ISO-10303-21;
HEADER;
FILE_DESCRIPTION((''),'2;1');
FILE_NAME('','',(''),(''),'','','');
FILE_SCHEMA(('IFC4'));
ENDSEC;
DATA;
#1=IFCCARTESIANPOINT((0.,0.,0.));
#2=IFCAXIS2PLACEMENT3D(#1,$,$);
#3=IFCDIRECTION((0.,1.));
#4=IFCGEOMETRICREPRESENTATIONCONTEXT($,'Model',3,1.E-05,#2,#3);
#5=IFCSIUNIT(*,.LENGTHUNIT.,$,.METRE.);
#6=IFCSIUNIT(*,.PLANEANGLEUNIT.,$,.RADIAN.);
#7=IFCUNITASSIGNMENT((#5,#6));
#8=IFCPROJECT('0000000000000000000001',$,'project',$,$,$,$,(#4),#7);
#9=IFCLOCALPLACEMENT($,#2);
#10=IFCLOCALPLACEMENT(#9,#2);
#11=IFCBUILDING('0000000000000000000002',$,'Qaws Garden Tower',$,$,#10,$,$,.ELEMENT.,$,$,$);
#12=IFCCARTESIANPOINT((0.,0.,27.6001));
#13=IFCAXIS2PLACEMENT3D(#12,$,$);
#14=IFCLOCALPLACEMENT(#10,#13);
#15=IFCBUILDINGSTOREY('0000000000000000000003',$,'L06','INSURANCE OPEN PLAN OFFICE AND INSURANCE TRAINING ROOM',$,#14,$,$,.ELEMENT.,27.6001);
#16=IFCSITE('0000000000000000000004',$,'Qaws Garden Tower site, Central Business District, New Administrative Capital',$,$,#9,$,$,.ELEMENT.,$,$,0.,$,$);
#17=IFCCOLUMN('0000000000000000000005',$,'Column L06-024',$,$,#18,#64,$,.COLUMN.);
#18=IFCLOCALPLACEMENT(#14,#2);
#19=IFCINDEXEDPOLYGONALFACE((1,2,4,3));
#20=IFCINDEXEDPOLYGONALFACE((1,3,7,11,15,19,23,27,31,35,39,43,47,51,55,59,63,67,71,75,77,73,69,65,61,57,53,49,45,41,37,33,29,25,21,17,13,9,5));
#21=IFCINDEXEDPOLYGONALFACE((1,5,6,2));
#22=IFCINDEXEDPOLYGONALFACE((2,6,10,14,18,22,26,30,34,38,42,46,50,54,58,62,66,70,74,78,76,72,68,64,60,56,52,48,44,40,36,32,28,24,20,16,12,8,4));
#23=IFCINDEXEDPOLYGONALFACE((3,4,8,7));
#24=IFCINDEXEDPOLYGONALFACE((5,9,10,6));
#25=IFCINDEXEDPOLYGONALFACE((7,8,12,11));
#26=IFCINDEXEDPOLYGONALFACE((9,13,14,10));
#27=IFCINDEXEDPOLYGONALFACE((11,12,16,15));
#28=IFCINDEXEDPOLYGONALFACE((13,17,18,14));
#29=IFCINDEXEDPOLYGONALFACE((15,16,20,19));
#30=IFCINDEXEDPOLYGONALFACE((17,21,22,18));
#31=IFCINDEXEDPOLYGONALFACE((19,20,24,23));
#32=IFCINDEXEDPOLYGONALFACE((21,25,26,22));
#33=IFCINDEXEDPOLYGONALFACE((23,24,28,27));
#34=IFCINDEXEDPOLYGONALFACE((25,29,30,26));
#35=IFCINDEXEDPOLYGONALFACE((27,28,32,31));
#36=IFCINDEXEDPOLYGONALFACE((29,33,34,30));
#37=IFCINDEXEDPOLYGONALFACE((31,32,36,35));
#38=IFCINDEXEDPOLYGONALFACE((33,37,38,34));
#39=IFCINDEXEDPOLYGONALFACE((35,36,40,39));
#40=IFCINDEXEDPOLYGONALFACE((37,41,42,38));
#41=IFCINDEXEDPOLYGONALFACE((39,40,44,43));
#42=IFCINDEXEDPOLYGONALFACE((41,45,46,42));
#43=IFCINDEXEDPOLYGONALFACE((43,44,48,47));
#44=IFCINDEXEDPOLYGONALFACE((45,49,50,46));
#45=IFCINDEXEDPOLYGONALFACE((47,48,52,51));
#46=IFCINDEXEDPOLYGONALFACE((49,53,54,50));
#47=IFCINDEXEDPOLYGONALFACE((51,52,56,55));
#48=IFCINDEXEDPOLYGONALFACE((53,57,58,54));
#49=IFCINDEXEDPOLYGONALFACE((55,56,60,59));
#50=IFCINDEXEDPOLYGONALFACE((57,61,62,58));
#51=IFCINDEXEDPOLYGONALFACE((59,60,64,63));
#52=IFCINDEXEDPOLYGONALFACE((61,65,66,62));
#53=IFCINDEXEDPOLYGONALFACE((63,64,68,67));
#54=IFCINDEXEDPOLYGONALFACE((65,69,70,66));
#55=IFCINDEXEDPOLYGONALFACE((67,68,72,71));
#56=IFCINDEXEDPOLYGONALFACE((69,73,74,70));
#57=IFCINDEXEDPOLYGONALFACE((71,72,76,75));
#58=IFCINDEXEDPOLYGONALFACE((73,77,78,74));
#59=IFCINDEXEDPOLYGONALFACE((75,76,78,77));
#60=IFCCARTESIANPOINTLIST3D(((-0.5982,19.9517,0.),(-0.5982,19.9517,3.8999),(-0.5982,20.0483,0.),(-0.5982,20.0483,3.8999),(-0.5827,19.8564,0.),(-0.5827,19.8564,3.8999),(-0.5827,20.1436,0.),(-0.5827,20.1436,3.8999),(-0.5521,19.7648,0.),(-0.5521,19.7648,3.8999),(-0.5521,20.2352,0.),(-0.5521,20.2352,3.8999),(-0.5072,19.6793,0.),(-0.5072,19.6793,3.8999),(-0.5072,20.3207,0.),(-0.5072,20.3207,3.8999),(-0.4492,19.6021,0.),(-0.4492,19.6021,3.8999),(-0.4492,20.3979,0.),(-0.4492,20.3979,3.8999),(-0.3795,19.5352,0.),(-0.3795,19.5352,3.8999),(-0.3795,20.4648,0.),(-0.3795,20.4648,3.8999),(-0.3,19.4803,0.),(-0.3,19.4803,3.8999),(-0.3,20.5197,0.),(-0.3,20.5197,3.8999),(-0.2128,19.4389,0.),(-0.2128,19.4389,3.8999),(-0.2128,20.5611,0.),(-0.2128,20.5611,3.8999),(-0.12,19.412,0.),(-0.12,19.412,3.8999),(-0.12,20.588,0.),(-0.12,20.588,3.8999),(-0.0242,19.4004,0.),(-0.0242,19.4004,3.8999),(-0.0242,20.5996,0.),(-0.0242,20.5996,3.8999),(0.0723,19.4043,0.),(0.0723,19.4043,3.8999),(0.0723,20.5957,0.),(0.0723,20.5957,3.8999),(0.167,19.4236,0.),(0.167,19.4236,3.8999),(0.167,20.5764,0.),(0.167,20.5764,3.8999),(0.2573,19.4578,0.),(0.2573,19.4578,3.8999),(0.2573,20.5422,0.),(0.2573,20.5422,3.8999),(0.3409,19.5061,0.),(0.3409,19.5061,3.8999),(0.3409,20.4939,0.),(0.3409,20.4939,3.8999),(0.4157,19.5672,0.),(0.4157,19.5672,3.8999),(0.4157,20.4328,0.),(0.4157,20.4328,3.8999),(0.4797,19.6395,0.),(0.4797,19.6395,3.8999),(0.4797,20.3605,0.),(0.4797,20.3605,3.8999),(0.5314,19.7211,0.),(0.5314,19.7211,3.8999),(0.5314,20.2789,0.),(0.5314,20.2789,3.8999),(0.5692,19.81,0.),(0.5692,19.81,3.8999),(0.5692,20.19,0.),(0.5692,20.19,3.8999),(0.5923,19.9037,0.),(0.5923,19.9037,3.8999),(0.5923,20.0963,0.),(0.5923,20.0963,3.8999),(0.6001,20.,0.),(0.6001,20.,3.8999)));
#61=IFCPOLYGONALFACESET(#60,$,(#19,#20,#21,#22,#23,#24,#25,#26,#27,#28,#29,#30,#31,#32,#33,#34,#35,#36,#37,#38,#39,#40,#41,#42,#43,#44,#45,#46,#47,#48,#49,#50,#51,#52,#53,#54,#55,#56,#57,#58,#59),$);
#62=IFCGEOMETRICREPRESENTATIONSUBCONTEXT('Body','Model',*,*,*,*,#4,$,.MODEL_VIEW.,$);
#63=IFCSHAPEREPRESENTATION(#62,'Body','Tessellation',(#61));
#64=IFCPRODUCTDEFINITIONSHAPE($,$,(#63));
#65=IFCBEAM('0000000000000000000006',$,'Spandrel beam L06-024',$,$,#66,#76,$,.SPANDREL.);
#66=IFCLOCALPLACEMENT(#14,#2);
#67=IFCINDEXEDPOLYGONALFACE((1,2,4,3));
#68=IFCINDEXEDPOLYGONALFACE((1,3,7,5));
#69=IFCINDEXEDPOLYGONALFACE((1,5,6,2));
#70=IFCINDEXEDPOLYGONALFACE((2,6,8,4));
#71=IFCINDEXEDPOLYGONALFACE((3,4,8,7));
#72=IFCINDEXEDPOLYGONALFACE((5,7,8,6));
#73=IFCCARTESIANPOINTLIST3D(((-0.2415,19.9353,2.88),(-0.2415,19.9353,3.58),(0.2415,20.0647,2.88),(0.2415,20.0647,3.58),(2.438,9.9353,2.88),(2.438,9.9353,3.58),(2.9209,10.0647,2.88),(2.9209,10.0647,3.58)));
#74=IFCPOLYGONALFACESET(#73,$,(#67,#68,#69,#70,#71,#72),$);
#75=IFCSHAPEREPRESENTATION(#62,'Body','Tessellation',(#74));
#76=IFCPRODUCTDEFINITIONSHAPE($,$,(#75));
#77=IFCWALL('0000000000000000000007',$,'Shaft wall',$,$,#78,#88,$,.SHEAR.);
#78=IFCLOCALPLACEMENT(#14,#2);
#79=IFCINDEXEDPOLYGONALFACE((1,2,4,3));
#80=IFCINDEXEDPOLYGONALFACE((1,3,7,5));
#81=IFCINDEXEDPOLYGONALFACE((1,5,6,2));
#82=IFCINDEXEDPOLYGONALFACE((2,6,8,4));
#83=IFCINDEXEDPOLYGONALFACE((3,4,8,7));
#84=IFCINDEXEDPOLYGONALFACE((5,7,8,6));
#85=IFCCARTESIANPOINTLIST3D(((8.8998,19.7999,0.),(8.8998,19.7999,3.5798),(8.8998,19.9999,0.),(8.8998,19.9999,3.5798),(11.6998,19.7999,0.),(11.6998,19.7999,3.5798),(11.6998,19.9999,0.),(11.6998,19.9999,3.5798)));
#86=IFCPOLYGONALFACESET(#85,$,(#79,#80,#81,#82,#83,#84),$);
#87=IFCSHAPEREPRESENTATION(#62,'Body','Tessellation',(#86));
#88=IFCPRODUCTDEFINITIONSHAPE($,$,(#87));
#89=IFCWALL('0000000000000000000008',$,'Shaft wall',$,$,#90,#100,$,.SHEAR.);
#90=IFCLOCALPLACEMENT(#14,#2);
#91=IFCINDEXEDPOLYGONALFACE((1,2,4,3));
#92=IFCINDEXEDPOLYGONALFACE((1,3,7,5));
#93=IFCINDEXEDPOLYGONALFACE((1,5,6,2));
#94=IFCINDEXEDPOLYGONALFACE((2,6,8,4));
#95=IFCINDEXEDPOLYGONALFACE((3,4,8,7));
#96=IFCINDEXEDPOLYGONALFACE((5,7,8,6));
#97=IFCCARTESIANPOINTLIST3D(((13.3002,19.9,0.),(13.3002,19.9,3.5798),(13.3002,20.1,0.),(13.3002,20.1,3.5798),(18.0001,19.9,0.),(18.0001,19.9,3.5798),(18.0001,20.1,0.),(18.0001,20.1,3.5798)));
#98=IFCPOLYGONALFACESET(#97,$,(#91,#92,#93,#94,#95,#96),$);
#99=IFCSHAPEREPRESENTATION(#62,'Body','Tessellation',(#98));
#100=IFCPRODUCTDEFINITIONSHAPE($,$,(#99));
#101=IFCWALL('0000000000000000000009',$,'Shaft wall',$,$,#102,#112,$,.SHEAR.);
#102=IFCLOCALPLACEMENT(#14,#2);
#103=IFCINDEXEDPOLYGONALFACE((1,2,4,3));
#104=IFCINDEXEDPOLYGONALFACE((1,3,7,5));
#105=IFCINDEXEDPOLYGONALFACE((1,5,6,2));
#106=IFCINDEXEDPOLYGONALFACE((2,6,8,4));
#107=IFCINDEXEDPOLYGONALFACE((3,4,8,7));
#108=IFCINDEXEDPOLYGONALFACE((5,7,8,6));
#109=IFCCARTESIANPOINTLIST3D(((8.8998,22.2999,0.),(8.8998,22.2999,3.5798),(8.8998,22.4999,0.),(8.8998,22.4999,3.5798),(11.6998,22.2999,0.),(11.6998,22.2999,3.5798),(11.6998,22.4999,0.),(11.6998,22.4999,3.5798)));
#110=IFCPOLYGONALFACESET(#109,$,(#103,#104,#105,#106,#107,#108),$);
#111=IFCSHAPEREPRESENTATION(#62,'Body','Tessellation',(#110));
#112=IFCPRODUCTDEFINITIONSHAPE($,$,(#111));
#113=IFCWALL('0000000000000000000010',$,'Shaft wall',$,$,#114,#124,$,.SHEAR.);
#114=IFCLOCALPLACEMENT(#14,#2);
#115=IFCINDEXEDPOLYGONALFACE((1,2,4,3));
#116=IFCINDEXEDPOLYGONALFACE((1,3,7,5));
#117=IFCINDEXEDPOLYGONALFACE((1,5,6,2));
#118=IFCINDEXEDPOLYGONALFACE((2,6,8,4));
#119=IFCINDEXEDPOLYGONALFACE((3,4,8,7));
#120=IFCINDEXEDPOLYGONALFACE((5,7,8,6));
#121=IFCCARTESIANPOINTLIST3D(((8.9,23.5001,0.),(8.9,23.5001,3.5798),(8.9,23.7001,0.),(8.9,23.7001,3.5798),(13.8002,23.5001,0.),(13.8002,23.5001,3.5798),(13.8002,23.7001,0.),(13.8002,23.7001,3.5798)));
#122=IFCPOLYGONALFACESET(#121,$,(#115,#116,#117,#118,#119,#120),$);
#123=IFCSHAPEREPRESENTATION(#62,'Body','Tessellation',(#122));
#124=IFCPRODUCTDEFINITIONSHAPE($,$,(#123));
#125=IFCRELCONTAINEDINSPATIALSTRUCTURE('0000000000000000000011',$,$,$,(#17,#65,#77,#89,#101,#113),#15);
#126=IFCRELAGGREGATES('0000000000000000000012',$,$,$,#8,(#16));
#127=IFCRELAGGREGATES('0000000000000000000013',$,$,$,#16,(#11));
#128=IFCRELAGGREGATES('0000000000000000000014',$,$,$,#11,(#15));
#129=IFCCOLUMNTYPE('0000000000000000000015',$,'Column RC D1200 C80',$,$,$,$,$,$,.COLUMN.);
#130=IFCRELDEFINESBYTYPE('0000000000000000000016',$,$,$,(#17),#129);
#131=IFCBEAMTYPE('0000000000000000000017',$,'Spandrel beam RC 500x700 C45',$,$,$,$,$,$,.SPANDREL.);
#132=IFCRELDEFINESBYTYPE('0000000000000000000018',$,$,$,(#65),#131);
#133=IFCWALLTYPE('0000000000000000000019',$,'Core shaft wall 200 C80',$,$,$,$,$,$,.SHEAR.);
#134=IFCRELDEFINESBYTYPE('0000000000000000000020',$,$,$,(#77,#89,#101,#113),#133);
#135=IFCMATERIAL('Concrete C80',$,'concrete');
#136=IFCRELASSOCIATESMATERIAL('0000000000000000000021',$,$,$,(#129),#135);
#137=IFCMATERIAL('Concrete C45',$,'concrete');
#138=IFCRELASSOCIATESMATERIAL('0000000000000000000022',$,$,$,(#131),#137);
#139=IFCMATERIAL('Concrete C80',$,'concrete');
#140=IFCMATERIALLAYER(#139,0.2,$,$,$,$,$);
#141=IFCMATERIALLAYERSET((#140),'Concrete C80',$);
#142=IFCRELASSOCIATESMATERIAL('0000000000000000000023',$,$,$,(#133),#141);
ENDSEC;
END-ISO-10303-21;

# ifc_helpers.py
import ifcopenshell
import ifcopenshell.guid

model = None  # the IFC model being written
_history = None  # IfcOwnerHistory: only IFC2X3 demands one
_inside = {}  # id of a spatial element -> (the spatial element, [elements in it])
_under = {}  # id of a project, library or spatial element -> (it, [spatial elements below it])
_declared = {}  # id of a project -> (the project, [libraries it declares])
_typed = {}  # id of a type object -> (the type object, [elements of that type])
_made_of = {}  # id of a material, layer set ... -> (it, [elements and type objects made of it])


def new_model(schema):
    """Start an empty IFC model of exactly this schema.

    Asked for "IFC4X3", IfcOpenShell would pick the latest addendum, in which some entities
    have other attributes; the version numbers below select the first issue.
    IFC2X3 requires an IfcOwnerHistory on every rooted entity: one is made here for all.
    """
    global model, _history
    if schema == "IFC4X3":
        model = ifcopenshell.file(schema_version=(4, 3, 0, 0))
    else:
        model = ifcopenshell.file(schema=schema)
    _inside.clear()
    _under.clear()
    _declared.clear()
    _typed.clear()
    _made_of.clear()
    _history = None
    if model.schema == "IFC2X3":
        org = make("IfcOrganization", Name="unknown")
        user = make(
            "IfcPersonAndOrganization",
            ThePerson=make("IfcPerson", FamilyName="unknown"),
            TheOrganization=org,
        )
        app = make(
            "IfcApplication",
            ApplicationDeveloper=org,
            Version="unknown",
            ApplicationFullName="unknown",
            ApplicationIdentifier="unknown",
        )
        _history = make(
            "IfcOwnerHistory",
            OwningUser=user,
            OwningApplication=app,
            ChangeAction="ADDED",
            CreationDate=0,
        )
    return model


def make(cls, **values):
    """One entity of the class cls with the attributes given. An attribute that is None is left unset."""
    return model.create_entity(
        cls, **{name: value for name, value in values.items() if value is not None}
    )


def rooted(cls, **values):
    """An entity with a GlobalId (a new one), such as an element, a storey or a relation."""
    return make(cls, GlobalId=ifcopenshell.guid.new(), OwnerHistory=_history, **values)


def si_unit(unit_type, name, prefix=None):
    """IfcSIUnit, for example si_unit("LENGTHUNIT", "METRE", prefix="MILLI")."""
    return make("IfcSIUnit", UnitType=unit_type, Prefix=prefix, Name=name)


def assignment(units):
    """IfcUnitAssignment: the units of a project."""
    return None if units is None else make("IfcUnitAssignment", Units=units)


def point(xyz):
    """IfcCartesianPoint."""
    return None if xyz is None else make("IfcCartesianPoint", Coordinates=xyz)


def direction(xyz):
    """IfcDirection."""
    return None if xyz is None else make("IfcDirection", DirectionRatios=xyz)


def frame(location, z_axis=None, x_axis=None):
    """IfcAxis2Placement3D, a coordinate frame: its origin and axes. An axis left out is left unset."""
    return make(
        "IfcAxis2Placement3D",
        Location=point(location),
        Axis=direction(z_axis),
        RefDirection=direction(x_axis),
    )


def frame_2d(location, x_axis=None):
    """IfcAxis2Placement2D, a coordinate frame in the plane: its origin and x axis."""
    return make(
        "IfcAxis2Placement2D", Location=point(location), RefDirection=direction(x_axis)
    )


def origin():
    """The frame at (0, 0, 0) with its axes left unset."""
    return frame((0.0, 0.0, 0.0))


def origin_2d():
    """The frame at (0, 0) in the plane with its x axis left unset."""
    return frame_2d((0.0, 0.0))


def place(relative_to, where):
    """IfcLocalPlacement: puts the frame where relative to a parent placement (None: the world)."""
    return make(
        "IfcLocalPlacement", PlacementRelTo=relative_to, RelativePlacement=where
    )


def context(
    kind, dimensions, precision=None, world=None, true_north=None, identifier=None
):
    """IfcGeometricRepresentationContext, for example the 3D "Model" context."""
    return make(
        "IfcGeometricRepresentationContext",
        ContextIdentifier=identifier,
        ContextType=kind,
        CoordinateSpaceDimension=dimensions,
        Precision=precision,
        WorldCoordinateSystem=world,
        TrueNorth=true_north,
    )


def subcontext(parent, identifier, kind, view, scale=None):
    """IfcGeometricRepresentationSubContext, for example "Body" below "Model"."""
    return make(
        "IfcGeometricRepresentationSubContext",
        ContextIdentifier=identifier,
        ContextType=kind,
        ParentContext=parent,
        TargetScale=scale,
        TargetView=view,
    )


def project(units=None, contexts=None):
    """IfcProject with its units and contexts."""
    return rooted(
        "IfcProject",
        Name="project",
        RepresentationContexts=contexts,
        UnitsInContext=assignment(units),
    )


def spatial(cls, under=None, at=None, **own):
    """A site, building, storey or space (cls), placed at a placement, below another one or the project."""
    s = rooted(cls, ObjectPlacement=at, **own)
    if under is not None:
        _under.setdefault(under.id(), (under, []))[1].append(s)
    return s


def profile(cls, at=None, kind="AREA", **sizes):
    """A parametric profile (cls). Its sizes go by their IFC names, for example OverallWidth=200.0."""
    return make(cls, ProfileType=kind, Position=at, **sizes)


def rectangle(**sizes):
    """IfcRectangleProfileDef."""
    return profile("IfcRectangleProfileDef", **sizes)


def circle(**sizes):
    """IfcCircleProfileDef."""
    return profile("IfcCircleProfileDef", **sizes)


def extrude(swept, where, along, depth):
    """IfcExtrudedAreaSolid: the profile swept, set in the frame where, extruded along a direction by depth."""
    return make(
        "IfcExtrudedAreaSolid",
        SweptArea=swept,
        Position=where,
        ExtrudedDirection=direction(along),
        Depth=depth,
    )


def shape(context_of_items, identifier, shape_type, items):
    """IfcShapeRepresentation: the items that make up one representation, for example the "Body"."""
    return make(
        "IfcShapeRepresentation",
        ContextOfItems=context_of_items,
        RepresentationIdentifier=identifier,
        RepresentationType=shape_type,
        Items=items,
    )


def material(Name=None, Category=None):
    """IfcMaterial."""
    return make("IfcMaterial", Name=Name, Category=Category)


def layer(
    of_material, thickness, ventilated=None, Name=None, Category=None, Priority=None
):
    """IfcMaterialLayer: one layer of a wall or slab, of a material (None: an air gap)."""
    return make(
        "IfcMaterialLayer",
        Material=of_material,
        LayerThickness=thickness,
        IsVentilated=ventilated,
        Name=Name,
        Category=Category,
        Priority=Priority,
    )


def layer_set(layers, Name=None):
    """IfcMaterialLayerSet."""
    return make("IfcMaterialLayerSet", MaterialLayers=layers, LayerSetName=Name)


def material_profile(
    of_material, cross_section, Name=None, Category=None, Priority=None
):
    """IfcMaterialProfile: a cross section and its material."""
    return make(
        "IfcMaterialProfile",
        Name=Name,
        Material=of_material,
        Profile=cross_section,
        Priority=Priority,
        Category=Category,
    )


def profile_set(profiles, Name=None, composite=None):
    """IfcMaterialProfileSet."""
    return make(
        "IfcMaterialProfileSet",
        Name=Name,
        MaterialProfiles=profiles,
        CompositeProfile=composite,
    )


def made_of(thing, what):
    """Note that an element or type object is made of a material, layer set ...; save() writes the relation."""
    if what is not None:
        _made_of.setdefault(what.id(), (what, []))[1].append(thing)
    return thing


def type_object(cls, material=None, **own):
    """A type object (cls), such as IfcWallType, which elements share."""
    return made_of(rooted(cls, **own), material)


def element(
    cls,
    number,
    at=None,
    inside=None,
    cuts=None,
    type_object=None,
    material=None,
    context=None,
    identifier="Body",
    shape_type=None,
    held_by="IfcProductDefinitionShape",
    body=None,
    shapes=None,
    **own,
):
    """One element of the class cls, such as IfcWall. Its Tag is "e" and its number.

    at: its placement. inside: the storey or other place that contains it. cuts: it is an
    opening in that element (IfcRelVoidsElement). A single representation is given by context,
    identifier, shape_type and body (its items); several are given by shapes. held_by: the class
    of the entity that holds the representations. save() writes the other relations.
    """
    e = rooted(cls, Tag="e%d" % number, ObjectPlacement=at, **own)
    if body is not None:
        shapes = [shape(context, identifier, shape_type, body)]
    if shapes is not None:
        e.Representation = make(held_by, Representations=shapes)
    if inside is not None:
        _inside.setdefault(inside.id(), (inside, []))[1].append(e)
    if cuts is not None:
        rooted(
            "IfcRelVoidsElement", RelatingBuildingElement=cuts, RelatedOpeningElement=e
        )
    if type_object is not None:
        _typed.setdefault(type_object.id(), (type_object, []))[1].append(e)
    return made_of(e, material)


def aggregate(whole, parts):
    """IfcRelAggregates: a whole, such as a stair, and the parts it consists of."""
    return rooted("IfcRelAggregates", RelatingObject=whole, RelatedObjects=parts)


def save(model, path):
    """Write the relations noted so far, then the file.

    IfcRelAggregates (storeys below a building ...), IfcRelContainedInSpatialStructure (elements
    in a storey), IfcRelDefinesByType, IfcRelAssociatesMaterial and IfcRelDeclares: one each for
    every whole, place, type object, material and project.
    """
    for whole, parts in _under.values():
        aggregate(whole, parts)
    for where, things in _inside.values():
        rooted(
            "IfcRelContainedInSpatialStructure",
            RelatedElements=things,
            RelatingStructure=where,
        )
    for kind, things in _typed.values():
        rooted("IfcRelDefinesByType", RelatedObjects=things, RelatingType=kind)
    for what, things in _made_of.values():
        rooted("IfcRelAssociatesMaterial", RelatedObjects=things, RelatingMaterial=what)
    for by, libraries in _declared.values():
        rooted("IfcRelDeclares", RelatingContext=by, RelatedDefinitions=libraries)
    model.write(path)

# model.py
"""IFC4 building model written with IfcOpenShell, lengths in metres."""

from ifc_helpers import new_model, si_unit, direction, frame, frame_2d, origin, origin_2d, place, context, subcontext, project, spatial, rectangle, circle, extrude, material, layer, layer_set, material_profile, profile_set, type_object, element, save


model = new_model("IFC4")

# Units and contexts
model_context = context("Model", 3, precision=1e-05, world=origin(), true_north=direction((0.0, 1.0)))
body_context = subcontext(model_context, "Body", "Model", "MODEL_VIEW")
ifc_project = project(units=[si_unit("LENGTHUNIT", "METRE"), si_unit("PLANEANGLEUNIT", "RADIAN")], contexts=[model_context])

# Site, building, storey
site_placement = place(None, origin())
site = spatial("IfcSite", under=ifc_project, at=site_placement, Name="Qaws Garden Tower site, Central Business District, New Administrative Capital", CompositionType="ELEMENT", RefElevation=0.0)
building_placement = place(site_placement, origin())
building = spatial("IfcBuilding", under=site, at=building_placement, Name="Qaws Garden Tower", CompositionType="ELEMENT")
storey_placement = place(building_placement, frame((0.0, 0.0, 27.6001)))
storey = spatial("IfcBuildingStorey", under=building, at=storey_placement, Name="L06", Description="INSURANCE OPEN PLAN OFFICE AND INSURANCE TRAINING ROOM", CompositionType="ELEMENT", Elevation=27.6001)

# Column
ifc_material_1 = material(Name="Concrete C80", Category="concrete")
ifc_material_profile_1 = material_profile(ifc_material_1, circle(Radius=0.6001, at=origin_2d()), Name="RC D1200")
ifc_profile_set_1 = profile_set([ifc_material_profile_1], Name="Concrete C80")
column_type = type_object("IfcColumnType", Name="Column RC D1200 C80", PredefinedType="COLUMN", material=ifc_profile_set_1)
column_placement = place(storey_placement, frame((0.0, 20.0, 0.0), z_axis=(0.0, 0.0, 1.0), x_axis=(1.0, 0.0, 0.0)))
element("IfcColumn", 1, at=column_placement, inside=storey, type_object=column_type, Name="Column L06-024", PredefinedType="COLUMN", context=body_context, shape_type="SweptSolid", body=[
    extrude(circle(Radius=0.6001, at=origin_2d()), origin(), (0.0, 0.0, 1.0), 3.8999),
])

# Beam
ifc_material_2 = material(Name="Concrete C45", Category="concrete")
ifc_material_profile_2 = material_profile(ifc_material_2, rectangle(XDim=0.5, YDim=0.7, at=origin_2d()), Name="RC 500x700")
ifc_profile_set_2 = profile_set([ifc_material_profile_2], Name="Concrete C45")
beam_type = type_object("IfcBeamType", Name="Spandrel beam RC 500x700 C45", PredefinedType="SPANDREL", material=ifc_profile_set_2)
beam_placement = place(storey_placement, frame((0.0, 20.0, 3.23), z_axis=(0.258815, -0.965927, 0.0), x_axis=(0.965927, 0.258815, 0.0)))
element("IfcBeam", 2, at=beam_placement, inside=storey, type_object=beam_type, Name="Spandrel beam L06-024", PredefinedType="SPANDREL", context=body_context, shape_type="SweptSolid", body=[
    extrude(rectangle(XDim=0.5, YDim=0.7, at=origin_2d()), origin(), (0.0, 0.0, 1.0), 10.3528),
])

# Walls
ifc_material_3 = material(Name="Concrete C80", Category="concrete")
ifc_layer_1 = layer(ifc_material_3, 0.2)
ifc_layer_set_1 = layer_set([ifc_layer_1], Name="Concrete C80")
wall_type_1 = type_object("IfcWallType", Name="Core shaft wall 200 C80", PredefinedType="SHEAR", material=ifc_layer_set_1)
wall_1_placement = place(storey_placement, frame((8.8999, 19.8999, 0.0), z_axis=(0.0, 0.0, 1.0), x_axis=(1.0, 0.0, 0.0)))
element("IfcWall", 3, at=wall_1_placement, inside=storey, type_object=wall_type_1, Name="Shaft wall", PredefinedType="SHEAR", context=body_context, shape_type="SweptSolid", body=[
    extrude(rectangle(XDim=2.8, YDim=0.2, at=frame_2d((1.3999, 0.0))), origin(), (0.0, 0.0, 1.0), 3.5798),
])
wall_2_placement = place(storey_placement, frame((13.3, 20.0, 0.0), z_axis=(0.0, 0.0, 1.0), x_axis=(1.0, 0.0, 0.0)))
element("IfcWall", 4, at=wall_2_placement, inside=storey, type_object=wall_type_1, Name="Shaft wall", PredefinedType="SHEAR", context=body_context, shape_type="SweptSolid", body=[
    extrude(rectangle(XDim=4.7, YDim=0.2, at=frame_2d((2.3501, 0.0))), origin(), (0.0, 0.0, 1.0), 3.5798),
])
wall_3_placement = place(storey_placement, frame((8.8999, 22.3999, 0.0), z_axis=(0.0, 0.0, 1.0), x_axis=(1.0, 0.0, 0.0)))
element("IfcWall", 5, at=wall_3_placement, inside=storey, type_object=wall_type_1, Name="Shaft wall", PredefinedType="SHEAR", context=body_context, shape_type="SweptSolid", body=[
    extrude(rectangle(XDim=2.8, YDim=0.2, at=frame_2d((1.3999, 0.0))), origin(), (0.0, 0.0, 1.0), 3.5798),
])
wall_4_placement = place(storey_placement, frame((8.8999, 23.6001, 0.0), z_axis=(0.0, 0.0, 1.0), x_axis=(1.0, 0.0, 0.0)))
element("IfcWall", 6, at=wall_4_placement, inside=storey, type_object=wall_type_1, Name="Shaft wall", PredefinedType="SHEAR", context=body_context, shape_type="SweptSolid", body=[
    extrude(rectangle(XDim=4.9001, YDim=0.2, at=frame_2d((2.4502, 0.0))), origin(), (0.0, 0.0, 1.0), 3.5798),
])

save(model, "model.ifc")
